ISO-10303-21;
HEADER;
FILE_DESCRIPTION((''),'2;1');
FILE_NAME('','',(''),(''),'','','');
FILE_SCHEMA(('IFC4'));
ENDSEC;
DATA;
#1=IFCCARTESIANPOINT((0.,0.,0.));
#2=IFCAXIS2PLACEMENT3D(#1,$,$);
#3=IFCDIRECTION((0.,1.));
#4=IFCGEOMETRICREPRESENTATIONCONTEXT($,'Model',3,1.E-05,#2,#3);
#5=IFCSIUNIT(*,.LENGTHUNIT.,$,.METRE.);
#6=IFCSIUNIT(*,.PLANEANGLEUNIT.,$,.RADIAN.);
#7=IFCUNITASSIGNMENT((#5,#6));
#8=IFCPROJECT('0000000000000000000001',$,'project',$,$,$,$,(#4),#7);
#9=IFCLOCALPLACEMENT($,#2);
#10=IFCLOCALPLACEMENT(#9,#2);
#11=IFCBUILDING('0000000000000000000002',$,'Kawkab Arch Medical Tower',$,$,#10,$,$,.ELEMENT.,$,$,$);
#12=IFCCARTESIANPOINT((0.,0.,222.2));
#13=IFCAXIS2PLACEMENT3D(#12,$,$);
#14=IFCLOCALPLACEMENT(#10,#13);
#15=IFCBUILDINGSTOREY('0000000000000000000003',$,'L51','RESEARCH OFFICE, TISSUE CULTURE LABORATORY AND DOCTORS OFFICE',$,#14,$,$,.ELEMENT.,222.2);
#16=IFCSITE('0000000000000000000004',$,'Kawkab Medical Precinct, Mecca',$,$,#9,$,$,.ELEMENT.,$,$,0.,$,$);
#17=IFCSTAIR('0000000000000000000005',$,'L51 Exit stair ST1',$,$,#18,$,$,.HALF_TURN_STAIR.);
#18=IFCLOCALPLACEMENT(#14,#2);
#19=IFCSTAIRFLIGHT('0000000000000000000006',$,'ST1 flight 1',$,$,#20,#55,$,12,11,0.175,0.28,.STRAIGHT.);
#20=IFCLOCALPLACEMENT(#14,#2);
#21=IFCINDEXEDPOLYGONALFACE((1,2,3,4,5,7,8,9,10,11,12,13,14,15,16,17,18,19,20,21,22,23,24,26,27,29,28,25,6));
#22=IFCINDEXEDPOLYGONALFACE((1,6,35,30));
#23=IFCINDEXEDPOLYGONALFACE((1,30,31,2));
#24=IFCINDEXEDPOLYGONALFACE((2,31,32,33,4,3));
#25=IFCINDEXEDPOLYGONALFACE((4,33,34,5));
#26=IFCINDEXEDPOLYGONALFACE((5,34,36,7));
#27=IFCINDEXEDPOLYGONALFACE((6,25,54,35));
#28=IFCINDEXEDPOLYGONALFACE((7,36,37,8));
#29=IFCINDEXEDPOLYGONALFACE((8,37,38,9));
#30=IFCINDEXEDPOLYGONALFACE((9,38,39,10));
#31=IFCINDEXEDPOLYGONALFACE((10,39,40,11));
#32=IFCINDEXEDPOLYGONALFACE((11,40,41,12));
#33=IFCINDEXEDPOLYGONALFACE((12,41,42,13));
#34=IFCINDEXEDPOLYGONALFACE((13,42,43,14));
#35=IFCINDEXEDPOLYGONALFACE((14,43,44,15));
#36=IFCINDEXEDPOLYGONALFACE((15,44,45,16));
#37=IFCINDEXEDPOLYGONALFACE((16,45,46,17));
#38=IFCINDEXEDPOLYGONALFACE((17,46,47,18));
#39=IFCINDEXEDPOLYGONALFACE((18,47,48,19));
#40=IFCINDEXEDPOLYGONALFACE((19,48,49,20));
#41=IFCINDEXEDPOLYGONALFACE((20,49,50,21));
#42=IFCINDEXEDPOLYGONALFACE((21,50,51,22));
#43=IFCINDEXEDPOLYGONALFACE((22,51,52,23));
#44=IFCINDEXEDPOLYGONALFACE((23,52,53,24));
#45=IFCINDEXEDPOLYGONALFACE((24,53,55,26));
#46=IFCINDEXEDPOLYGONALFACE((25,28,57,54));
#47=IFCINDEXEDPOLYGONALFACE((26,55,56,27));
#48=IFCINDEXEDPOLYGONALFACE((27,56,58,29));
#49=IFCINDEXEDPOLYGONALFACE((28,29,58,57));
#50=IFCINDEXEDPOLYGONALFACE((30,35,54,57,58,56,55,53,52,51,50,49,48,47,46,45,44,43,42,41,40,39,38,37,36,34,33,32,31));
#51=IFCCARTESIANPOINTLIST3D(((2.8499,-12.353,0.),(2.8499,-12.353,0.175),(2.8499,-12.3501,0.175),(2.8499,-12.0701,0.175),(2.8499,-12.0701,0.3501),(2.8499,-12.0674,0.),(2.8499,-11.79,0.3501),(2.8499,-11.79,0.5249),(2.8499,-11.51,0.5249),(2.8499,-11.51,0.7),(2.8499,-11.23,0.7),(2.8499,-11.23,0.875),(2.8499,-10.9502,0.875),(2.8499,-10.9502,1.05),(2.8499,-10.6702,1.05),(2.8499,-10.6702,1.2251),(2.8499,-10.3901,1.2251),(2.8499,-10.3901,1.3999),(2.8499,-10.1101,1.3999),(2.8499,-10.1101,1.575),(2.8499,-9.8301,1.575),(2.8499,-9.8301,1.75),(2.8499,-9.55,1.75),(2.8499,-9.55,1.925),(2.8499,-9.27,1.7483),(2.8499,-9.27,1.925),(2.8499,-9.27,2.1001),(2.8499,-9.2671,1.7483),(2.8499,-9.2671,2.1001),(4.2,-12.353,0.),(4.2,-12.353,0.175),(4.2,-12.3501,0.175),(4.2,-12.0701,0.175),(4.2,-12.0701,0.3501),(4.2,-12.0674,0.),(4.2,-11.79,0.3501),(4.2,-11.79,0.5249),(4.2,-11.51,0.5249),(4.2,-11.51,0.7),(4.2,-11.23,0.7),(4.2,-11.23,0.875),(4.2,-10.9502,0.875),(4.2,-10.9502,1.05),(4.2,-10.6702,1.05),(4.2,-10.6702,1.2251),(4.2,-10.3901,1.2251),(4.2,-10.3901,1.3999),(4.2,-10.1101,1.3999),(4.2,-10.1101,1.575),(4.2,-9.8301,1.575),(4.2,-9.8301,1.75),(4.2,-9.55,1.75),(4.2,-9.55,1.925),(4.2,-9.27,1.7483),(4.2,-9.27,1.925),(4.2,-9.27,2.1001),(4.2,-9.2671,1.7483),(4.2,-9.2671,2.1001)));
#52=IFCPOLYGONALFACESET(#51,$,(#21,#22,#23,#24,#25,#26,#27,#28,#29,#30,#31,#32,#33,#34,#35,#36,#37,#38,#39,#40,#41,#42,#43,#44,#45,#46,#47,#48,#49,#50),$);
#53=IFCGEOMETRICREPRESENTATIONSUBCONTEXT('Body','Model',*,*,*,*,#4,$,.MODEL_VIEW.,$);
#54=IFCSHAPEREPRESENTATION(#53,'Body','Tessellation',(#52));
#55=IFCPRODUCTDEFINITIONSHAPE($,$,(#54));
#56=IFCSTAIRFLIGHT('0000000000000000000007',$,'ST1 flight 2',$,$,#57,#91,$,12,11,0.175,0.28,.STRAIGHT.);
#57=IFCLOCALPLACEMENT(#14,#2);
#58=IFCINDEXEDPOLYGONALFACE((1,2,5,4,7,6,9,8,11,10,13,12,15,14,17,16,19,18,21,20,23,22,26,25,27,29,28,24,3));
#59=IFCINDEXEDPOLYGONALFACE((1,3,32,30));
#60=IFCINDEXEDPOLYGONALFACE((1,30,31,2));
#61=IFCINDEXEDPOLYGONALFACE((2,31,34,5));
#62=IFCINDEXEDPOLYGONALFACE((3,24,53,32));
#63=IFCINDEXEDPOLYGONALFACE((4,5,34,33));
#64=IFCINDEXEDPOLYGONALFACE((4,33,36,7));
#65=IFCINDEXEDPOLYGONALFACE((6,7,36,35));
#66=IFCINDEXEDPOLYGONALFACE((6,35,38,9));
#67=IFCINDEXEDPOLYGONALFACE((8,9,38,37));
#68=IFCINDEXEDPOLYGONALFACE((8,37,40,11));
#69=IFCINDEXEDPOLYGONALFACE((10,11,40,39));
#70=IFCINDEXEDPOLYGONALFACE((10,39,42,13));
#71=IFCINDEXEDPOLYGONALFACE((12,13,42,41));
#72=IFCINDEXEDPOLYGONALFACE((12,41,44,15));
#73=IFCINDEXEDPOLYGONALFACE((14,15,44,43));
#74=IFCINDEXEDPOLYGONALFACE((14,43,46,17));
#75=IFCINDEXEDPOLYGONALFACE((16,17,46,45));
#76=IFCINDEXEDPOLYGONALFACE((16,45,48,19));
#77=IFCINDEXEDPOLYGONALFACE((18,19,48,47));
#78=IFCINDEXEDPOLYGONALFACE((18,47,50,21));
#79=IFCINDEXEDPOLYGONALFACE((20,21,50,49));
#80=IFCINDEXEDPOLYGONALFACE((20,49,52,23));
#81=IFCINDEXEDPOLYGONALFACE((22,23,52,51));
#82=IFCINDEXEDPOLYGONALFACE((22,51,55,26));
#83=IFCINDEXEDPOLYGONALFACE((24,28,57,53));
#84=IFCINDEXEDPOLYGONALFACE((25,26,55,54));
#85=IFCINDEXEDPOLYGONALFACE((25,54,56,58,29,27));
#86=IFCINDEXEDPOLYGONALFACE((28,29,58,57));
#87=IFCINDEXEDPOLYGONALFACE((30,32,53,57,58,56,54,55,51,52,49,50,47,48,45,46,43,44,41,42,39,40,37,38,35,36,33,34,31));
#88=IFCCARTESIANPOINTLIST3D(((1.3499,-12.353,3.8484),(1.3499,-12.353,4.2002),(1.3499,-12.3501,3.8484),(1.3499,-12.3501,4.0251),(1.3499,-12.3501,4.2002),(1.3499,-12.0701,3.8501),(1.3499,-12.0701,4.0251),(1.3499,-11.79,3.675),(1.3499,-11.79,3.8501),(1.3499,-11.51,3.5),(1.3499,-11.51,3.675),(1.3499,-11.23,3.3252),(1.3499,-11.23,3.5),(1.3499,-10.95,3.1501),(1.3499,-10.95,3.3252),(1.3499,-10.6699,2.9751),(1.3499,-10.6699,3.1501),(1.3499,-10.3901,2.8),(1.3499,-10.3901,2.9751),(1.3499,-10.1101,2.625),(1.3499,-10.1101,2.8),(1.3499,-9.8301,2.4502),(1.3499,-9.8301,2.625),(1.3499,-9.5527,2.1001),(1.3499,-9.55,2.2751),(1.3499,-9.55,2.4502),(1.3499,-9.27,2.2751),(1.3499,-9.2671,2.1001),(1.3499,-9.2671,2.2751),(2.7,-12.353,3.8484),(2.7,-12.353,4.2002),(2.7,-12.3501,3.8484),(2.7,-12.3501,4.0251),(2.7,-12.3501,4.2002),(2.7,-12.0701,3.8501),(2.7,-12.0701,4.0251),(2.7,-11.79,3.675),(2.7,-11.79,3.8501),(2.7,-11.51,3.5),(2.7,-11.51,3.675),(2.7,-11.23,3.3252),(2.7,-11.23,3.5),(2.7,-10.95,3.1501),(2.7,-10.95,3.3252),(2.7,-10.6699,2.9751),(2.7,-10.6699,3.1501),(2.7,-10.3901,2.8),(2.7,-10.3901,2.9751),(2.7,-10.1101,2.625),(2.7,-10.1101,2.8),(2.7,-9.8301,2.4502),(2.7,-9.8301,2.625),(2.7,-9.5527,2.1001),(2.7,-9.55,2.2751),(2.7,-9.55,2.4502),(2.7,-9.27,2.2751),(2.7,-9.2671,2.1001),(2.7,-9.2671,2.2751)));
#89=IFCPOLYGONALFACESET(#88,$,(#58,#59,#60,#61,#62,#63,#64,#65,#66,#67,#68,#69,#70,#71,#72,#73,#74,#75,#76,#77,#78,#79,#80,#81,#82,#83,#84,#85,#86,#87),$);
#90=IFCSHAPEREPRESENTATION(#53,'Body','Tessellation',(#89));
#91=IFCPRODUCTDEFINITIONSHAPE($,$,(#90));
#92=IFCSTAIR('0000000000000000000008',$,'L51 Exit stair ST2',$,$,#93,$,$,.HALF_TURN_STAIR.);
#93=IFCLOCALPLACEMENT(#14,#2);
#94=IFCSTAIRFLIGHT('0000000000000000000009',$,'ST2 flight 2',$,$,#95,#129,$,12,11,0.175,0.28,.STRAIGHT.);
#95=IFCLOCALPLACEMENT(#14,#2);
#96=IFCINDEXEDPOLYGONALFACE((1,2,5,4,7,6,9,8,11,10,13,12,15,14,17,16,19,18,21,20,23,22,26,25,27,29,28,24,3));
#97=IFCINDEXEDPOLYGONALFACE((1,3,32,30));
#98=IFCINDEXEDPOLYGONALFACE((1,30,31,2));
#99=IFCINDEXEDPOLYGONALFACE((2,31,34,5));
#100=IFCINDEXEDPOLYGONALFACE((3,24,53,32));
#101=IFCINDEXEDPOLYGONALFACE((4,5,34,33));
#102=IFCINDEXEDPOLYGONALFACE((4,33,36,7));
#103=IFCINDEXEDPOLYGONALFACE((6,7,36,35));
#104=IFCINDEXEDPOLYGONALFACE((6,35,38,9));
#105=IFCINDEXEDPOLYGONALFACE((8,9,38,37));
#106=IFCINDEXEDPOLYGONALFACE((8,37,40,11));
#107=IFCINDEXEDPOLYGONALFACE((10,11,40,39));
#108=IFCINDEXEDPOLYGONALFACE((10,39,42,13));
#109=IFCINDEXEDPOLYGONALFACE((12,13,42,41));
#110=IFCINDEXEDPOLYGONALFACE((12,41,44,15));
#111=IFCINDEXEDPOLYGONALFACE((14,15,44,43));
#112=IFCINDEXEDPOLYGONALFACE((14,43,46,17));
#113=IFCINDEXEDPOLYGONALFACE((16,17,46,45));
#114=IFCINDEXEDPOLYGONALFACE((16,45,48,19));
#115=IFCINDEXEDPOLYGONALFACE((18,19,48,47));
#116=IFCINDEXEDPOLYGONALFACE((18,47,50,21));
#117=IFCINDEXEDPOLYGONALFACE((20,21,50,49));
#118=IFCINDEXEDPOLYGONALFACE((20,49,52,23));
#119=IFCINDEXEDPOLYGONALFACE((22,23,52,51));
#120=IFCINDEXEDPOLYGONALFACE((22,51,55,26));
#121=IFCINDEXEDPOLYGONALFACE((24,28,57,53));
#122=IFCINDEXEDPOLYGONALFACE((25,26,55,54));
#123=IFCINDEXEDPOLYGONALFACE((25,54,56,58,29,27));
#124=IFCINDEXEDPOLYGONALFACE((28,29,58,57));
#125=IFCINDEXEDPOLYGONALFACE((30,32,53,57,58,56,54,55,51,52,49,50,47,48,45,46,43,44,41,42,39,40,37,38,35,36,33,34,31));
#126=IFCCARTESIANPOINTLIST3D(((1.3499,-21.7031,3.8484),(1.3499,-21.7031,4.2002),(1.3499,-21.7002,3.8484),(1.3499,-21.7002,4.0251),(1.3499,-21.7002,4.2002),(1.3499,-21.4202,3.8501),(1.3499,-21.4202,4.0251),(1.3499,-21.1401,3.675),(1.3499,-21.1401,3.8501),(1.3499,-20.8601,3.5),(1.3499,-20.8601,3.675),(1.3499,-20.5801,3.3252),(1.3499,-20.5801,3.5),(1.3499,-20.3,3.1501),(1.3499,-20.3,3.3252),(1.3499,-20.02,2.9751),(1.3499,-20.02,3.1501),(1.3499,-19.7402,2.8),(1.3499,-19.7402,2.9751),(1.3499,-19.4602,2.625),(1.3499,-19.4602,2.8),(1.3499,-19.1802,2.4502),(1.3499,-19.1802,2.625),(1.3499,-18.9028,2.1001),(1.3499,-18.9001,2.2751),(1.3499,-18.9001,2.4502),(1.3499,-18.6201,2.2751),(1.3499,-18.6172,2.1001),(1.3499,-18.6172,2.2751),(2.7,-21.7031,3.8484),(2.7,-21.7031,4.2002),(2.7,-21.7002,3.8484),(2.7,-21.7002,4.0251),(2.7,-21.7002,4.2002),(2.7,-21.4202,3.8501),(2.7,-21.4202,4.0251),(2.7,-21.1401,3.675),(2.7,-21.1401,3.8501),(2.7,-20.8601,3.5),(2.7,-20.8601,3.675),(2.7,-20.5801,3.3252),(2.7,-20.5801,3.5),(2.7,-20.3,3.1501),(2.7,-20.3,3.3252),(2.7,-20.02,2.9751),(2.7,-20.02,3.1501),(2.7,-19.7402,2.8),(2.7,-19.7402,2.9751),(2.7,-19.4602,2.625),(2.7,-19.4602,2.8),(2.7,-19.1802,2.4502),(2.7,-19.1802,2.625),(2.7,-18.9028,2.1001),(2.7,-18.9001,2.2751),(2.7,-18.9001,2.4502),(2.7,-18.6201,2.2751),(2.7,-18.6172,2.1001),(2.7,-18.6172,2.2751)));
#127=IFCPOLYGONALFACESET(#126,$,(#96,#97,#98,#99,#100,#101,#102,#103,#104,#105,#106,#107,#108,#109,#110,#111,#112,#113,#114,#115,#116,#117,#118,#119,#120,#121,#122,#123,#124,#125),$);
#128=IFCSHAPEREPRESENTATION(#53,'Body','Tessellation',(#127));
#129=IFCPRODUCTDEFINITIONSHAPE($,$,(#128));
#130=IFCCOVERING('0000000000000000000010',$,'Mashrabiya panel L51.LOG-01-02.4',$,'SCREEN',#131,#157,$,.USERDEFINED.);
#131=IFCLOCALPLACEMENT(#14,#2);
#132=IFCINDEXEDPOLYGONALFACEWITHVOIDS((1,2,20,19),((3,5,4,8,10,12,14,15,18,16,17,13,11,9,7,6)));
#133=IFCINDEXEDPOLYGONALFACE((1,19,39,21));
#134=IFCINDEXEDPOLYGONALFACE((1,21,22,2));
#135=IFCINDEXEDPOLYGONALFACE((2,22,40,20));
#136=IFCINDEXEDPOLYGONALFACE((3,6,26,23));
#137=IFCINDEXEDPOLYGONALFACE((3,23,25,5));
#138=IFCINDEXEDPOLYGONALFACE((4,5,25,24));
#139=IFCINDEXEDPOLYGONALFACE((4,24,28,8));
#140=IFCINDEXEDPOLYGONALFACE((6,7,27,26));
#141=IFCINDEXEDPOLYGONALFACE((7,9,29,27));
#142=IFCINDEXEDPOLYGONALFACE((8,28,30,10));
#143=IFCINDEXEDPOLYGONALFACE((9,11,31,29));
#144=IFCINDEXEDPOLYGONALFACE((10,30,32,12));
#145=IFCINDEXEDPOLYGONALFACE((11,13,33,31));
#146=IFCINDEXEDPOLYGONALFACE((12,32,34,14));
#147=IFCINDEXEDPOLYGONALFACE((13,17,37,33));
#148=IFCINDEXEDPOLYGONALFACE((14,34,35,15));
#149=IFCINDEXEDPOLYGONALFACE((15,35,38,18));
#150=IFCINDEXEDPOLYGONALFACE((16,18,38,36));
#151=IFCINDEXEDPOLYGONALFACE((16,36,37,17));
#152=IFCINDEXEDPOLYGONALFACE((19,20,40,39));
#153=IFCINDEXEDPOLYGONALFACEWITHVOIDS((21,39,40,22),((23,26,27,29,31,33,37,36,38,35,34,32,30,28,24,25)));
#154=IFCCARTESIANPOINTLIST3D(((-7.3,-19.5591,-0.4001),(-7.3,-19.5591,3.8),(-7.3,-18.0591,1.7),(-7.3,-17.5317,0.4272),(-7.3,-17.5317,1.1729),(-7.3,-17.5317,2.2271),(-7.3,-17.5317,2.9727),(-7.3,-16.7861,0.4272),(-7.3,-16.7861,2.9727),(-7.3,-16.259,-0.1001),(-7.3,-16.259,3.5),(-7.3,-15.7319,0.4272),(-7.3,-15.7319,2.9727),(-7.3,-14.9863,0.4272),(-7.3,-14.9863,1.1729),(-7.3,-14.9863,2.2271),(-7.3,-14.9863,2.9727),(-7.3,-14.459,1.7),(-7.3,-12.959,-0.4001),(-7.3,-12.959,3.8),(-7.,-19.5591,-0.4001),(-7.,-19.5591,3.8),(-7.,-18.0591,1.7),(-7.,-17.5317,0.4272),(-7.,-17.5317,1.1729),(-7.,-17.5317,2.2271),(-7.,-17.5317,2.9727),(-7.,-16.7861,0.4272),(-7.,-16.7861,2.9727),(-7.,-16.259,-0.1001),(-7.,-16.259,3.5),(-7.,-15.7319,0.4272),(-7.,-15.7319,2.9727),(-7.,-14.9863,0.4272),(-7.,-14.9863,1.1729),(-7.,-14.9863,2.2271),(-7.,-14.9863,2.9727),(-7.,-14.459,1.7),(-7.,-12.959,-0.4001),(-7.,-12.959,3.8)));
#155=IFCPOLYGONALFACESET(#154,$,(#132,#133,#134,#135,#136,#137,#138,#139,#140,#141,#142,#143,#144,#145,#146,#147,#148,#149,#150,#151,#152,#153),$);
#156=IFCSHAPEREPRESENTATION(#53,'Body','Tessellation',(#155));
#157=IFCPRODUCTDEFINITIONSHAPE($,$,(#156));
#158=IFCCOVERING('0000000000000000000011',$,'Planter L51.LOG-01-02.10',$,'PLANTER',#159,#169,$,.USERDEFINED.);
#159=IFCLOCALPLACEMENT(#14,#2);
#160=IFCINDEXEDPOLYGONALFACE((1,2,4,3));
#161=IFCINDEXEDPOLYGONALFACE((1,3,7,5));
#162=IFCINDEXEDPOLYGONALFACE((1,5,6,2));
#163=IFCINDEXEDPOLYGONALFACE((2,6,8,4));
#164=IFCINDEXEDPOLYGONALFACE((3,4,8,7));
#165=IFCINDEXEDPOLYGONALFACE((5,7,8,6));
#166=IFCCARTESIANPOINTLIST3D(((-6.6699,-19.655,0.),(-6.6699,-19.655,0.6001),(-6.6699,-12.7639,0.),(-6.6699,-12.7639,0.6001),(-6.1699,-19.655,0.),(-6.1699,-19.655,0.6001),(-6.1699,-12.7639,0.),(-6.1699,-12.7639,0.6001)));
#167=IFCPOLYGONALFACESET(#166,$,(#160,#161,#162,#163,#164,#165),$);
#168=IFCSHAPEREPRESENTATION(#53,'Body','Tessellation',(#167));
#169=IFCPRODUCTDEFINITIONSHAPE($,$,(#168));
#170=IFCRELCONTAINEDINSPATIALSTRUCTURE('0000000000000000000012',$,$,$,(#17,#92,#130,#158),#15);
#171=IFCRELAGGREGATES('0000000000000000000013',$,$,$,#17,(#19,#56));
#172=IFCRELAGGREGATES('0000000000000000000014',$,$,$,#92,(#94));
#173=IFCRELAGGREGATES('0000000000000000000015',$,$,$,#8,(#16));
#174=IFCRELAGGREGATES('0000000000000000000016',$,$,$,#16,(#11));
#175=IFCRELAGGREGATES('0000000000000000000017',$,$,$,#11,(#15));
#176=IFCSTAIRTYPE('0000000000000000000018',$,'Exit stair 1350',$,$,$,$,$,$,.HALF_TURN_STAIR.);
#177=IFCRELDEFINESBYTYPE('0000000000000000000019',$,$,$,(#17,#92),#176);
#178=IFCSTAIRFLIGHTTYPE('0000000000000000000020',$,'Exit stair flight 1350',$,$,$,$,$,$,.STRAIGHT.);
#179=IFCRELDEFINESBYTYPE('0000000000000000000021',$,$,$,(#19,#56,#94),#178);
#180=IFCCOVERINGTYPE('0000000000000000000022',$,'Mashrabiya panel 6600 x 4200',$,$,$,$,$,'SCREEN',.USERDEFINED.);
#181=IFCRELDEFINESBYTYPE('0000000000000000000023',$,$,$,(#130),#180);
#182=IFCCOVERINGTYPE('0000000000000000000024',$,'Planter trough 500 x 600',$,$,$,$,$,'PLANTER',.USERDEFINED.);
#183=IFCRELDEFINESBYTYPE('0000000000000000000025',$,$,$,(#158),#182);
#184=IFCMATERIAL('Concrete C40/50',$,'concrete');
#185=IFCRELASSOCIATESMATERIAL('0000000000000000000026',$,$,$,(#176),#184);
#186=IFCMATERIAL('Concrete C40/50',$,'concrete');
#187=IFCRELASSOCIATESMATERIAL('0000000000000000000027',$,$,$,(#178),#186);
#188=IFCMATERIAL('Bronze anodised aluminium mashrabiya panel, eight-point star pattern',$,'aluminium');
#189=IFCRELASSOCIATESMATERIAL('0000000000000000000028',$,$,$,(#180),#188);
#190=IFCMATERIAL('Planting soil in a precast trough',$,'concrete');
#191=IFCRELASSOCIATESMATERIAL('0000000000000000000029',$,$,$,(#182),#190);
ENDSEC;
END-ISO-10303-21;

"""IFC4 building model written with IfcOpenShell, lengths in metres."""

from ifc_helpers import new_model, si_unit, direction, frame, origin, origin_2d, place, context, subcontext, project, spatial, polyline, rectangle, outline, extrude, material, material_profile, profile_set, type_object, element, aggregate, save


model = new_model("IFC4")

# Units and contexts
model_context = context("Model", 3, precision=1e-05, world=origin(), true_north=direction((0.0, 1.0)))
body_context = subcontext(model_context, "Body", "Model", "MODEL_VIEW")
ifc_project = project(units=[si_unit("LENGTHUNIT", "METRE"), si_unit("PLANEANGLEUNIT", "RADIAN")], contexts=[model_context])

# Site, building, storey
site_placement = place(None, origin())
site = spatial("IfcSite", under=ifc_project, at=site_placement, Name="Kawkab Medical Precinct, Mecca", CompositionType="ELEMENT", RefElevation=0.0)
building_placement = place(site_placement, origin())
building = spatial("IfcBuilding", under=site, at=building_placement, Name="Kawkab Arch Medical Tower", CompositionType="ELEMENT")
storey_placement = place(building_placement, frame((0.0, 0.0, 222.2)))
storey = spatial("IfcBuildingStorey", under=building, at=storey_placement, Name="L51", Description="RESEARCH OFFICE, TISSUE CULTURE LABORATORY AND DOCTORS OFFICE", CompositionType="ELEMENT", Elevation=222.2)

# Shared definitions
placement = place(storey_placement, origin())

# Stair, stair flights
ifc_material_1 = material(Name="Concrete C40/50", Category="concrete")
stair_type = type_object("IfcStairType", Name="Exit stair 1350", PredefinedType="HALF_TURN_STAIR", material=ifc_material_1)
stair_1 = element("IfcStair", 1, at=placement, inside=storey, type_object=stair_type, Name="L51 Exit stair ST1", PredefinedType="HALF_TURN_STAIR")
ifc_material_2 = material(Name="Concrete C40/50", Category="concrete")
stair_flight_type = type_object("IfcStairFlightType", Name="Exit stair flight 1350", PredefinedType="STRAIGHT", material=ifc_material_2)
stair_flight_1_placement = place(storey_placement, frame((3.5249, -12.3501, 0.0), z_axis=(0.0, 0.0, 1.0), x_axis=(0.0, 1.0, 0.0)))
stair_flight_1 = element("IfcStairFlight", 2, at=stair_flight_1_placement, type_object=stair_flight_type, Name="ST1 flight 1", NumberOfRisers=12, NumberOfTreads=11, PredefinedType="STRAIGHT", RiserHeight=0.175, TreadLength=0.28, context=body_context, shape_type="SweptSolid", body=[
    extrude(outline(polyline([(-0.0029, 0.0), (-0.0029, 0.175), (0.0, 0.175), (0.28, 0.175), (0.28, 0.3501), (0.5601, 0.3501), (0.5601, 0.5249), (0.8401, 0.5249), (0.8401, 0.7), (1.1201, 0.7), (1.1201, 0.875), (1.3999, 0.875), (1.3999, 1.05), (1.6799, 1.05), (1.6799, 1.2251), (1.96, 1.2251), (1.96, 1.3999), (2.24, 1.3999), (2.24, 1.575), (2.52, 1.575), (2.52, 1.75), (2.8, 1.75), (2.8, 1.925), (3.0801, 1.925), (3.0801, 2.1001), (3.083, 2.1001), (3.083, 1.7483), (3.0801, 1.7483), (0.2827, 0.0), (-0.0029, 0.0)])), frame((0.0, 0.675, 0.0), z_axis=(0.0, -1.0, 0.0), x_axis=(1.0, 0.0, 0.0)), (0.0, 0.0, 1.0), 1.3501),
])
stair_flight_2_placement = place(storey_placement, frame((2.0249, -9.27, 2.1001), z_axis=(0.0, 0.0, 1.0), x_axis=(0.0, -1.0, 0.0)))
stair_flight_2 = element("IfcStairFlight", 3, at=stair_flight_2_placement, type_object=stair_flight_type, Name="ST1 flight 2", NumberOfRisers=12, NumberOfTreads=11, PredefinedType="STRAIGHT", RiserHeight=0.175, TreadLength=0.28, context=body_context, shape_type="SweptSolid", body=[
    extrude(outline(polyline([(-0.0029, 0.0), (-0.0029, 0.175), (0.0, 0.175), (0.28, 0.175), (0.28, 0.3501), (0.5601, 0.3501), (0.5601, 0.5249), (0.8401, 0.5249), (0.8401, 0.7), (1.1201, 0.7), (1.1201, 0.875), (1.3999, 0.875), (1.3999, 1.05), (1.6799, 1.05), (1.6799, 1.2251), (1.96, 1.2251), (1.96, 1.3999), (2.24, 1.3999), (2.24, 1.575), (2.52, 1.575), (2.52, 1.75), (2.8, 1.75), (2.8, 1.925), (3.0801, 1.925), (3.0801, 2.1001), (3.083, 2.1001), (3.083, 1.7483), (3.0801, 1.7483), (0.2827, 0.0), (-0.0029, 0.0)])), frame((0.0, 0.675, 0.0), z_axis=(0.0, -1.0, 0.0), x_axis=(1.0, 0.0, 0.0)), (0.0, 0.0, 1.0), 1.3501),
])
aggregate(stair_1, [stair_flight_1, stair_flight_2])

# Stair, stair flight
stair_2 = element("IfcStair", 4, at=placement, inside=storey, type_object=stair_type, Name="L51 Exit stair ST2", PredefinedType="HALF_TURN_STAIR")
stair_flight_3_placement = place(storey_placement, frame((2.0249, -18.6201, 2.1001), z_axis=(0.0, 0.0, 1.0), x_axis=(0.0, -1.0, 0.0)))
stair_flight_3 = element("IfcStairFlight", 5, at=stair_flight_3_placement, type_object=stair_flight_type, Name="ST2 flight 2", NumberOfRisers=12, NumberOfTreads=11, PredefinedType="STRAIGHT", RiserHeight=0.175, TreadLength=0.28, context=body_context, shape_type="SweptSolid", body=[
    extrude(outline(polyline([(-0.0029, 0.0), (-0.0029, 0.175), (0.0, 0.175), (0.28, 0.175), (0.28, 0.3501), (0.5601, 0.3501), (0.5601, 0.5249), (0.8401, 0.5249), (0.8401, 0.7), (1.1201, 0.7), (1.1201, 0.875), (1.3999, 0.875), (1.3999, 1.05), (1.6799, 1.05), (1.6799, 1.2251), (1.96, 1.2251), (1.96, 1.3999), (2.24, 1.3999), (2.24, 1.575), (2.52, 1.575), (2.52, 1.75), (2.8, 1.75), (2.8, 1.925), (3.0801, 1.925), (3.0801, 2.1001), (3.083, 2.1001), (3.083, 1.7483), (3.0801, 1.7483), (0.2827, 0.0), (-0.0029, 0.0)])), frame((0.0, 0.675, 0.0), z_axis=(0.0, -1.0, 0.0), x_axis=(1.0, 0.0, 0.0)), (0.0, 0.0, 1.0), 1.3501),
])
aggregate(stair_2, [stair_flight_3])

# Coverings
ifc_material_3 = material(Name="Bronze anodised aluminium mashrabiya panel, eight-point star pattern", Category="aluminium")
ifc_material_profile_1 = material_profile(ifc_material_3, outline(polyline([(-3.3, -2.1001), (3.3, -2.1001), (3.3, 2.1001), (-3.3, 2.1001), (-3.3, -2.1001)]), holes=[polyline([(1.8, 0.0), (1.2727, 0.5271), (1.2727, 1.2727), (0.5271, 1.2727), (0.0, 1.8), (-0.5271, 1.2727), (-1.2727, 1.2727), (-1.2727, 0.5271), (-1.8, 0.0), (-1.2727, -0.5271), (-1.2727, -1.2727), (-0.5271, -1.2727), (0.0, -1.8), (0.5271, -1.2727), (1.2727, -1.2727), (1.2727, -0.5271), (1.8, 0.0)])]), Name="Mashrabiya panel 6600x4200")
ifc_profile_set_1 = profile_set([ifc_material_profile_1], Name="Bronze anodised aluminium mashrabiya panel, eight-point star pattern")
covering_type_1 = type_object("IfcCoveringType", Name="Mashrabiya panel 6600 x 4200", ElementType="SCREEN", PredefinedType="USERDEFINED", material=ifc_profile_set_1)
covering_1_placement = place(storey_placement, frame((-7.0, -16.259, 1.7), z_axis=(-1.0, 0.0, 0.0), x_axis=(0.0, -1.0, 0.0)))
element("IfcCovering", 6, at=covering_1_placement, inside=storey, type_object=covering_type_1, Name="Mashrabiya panel L51.LOG-01-02.4", ObjectType="SCREEN", PredefinedType="USERDEFINED", context=body_context, shape_type="SweptSolid", body=[
    extrude(outline(polyline([(-3.3, -2.1001), (3.3, -2.1001), (3.3, 2.1001), (-3.3, 2.1001), (-3.3, -2.1001)]), holes=[polyline([(1.8, 0.0), (1.2727, 0.5271), (1.2727, 1.2727), (0.5271, 1.2727), (0.0, 1.8), (-0.5271, 1.2727), (-1.2727, 1.2727), (-1.2727, 0.5271), (-1.8, 0.0), (-1.2727, -0.5271), (-1.2727, -1.2727), (-0.5271, -1.2727), (0.0, -1.8), (0.5271, -1.2727), (1.2727, -1.2727), (1.2727, -0.5271), (1.8, 0.0)])]), origin(), (0.0, 0.0, 1.0), 0.3),
])
ifc_material_4 = material(Name="Planting soil in a precast trough", Category="concrete")
ifc_material_profile_2 = material_profile(ifc_material_4, rectangle(XDim=0.5, YDim=0.6001, at=origin_2d()), Name="Trough 500x600")
ifc_profile_set_2 = profile_set([ifc_material_profile_2], Name="Planting soil in a precast trough")
covering_type_2 = type_object("IfcCoveringType", Name="Planter trough 500 x 600", ElementType="PLANTER", PredefinedType="USERDEFINED", material=ifc_profile_set_2)
covering_2_placement = place(storey_placement, frame((-6.4199, -19.655, 0.3), z_axis=(0.0, 1.0, 0.0), x_axis=(-1.0, 0.0, 0.0)))
element("IfcCovering", 7, at=covering_2_placement, inside=storey, type_object=covering_type_2, Name="Planter L51.LOG-01-02.10", ObjectType="PLANTER", PredefinedType="USERDEFINED", context=body_context, shape_type="SweptSolid", body=[
    extrude(rectangle(XDim=0.5, YDim=0.6001, at=origin_2d()), origin(), (0.0, 0.0, 1.0), 6.8911),
])

save(model, "model.ifc")
